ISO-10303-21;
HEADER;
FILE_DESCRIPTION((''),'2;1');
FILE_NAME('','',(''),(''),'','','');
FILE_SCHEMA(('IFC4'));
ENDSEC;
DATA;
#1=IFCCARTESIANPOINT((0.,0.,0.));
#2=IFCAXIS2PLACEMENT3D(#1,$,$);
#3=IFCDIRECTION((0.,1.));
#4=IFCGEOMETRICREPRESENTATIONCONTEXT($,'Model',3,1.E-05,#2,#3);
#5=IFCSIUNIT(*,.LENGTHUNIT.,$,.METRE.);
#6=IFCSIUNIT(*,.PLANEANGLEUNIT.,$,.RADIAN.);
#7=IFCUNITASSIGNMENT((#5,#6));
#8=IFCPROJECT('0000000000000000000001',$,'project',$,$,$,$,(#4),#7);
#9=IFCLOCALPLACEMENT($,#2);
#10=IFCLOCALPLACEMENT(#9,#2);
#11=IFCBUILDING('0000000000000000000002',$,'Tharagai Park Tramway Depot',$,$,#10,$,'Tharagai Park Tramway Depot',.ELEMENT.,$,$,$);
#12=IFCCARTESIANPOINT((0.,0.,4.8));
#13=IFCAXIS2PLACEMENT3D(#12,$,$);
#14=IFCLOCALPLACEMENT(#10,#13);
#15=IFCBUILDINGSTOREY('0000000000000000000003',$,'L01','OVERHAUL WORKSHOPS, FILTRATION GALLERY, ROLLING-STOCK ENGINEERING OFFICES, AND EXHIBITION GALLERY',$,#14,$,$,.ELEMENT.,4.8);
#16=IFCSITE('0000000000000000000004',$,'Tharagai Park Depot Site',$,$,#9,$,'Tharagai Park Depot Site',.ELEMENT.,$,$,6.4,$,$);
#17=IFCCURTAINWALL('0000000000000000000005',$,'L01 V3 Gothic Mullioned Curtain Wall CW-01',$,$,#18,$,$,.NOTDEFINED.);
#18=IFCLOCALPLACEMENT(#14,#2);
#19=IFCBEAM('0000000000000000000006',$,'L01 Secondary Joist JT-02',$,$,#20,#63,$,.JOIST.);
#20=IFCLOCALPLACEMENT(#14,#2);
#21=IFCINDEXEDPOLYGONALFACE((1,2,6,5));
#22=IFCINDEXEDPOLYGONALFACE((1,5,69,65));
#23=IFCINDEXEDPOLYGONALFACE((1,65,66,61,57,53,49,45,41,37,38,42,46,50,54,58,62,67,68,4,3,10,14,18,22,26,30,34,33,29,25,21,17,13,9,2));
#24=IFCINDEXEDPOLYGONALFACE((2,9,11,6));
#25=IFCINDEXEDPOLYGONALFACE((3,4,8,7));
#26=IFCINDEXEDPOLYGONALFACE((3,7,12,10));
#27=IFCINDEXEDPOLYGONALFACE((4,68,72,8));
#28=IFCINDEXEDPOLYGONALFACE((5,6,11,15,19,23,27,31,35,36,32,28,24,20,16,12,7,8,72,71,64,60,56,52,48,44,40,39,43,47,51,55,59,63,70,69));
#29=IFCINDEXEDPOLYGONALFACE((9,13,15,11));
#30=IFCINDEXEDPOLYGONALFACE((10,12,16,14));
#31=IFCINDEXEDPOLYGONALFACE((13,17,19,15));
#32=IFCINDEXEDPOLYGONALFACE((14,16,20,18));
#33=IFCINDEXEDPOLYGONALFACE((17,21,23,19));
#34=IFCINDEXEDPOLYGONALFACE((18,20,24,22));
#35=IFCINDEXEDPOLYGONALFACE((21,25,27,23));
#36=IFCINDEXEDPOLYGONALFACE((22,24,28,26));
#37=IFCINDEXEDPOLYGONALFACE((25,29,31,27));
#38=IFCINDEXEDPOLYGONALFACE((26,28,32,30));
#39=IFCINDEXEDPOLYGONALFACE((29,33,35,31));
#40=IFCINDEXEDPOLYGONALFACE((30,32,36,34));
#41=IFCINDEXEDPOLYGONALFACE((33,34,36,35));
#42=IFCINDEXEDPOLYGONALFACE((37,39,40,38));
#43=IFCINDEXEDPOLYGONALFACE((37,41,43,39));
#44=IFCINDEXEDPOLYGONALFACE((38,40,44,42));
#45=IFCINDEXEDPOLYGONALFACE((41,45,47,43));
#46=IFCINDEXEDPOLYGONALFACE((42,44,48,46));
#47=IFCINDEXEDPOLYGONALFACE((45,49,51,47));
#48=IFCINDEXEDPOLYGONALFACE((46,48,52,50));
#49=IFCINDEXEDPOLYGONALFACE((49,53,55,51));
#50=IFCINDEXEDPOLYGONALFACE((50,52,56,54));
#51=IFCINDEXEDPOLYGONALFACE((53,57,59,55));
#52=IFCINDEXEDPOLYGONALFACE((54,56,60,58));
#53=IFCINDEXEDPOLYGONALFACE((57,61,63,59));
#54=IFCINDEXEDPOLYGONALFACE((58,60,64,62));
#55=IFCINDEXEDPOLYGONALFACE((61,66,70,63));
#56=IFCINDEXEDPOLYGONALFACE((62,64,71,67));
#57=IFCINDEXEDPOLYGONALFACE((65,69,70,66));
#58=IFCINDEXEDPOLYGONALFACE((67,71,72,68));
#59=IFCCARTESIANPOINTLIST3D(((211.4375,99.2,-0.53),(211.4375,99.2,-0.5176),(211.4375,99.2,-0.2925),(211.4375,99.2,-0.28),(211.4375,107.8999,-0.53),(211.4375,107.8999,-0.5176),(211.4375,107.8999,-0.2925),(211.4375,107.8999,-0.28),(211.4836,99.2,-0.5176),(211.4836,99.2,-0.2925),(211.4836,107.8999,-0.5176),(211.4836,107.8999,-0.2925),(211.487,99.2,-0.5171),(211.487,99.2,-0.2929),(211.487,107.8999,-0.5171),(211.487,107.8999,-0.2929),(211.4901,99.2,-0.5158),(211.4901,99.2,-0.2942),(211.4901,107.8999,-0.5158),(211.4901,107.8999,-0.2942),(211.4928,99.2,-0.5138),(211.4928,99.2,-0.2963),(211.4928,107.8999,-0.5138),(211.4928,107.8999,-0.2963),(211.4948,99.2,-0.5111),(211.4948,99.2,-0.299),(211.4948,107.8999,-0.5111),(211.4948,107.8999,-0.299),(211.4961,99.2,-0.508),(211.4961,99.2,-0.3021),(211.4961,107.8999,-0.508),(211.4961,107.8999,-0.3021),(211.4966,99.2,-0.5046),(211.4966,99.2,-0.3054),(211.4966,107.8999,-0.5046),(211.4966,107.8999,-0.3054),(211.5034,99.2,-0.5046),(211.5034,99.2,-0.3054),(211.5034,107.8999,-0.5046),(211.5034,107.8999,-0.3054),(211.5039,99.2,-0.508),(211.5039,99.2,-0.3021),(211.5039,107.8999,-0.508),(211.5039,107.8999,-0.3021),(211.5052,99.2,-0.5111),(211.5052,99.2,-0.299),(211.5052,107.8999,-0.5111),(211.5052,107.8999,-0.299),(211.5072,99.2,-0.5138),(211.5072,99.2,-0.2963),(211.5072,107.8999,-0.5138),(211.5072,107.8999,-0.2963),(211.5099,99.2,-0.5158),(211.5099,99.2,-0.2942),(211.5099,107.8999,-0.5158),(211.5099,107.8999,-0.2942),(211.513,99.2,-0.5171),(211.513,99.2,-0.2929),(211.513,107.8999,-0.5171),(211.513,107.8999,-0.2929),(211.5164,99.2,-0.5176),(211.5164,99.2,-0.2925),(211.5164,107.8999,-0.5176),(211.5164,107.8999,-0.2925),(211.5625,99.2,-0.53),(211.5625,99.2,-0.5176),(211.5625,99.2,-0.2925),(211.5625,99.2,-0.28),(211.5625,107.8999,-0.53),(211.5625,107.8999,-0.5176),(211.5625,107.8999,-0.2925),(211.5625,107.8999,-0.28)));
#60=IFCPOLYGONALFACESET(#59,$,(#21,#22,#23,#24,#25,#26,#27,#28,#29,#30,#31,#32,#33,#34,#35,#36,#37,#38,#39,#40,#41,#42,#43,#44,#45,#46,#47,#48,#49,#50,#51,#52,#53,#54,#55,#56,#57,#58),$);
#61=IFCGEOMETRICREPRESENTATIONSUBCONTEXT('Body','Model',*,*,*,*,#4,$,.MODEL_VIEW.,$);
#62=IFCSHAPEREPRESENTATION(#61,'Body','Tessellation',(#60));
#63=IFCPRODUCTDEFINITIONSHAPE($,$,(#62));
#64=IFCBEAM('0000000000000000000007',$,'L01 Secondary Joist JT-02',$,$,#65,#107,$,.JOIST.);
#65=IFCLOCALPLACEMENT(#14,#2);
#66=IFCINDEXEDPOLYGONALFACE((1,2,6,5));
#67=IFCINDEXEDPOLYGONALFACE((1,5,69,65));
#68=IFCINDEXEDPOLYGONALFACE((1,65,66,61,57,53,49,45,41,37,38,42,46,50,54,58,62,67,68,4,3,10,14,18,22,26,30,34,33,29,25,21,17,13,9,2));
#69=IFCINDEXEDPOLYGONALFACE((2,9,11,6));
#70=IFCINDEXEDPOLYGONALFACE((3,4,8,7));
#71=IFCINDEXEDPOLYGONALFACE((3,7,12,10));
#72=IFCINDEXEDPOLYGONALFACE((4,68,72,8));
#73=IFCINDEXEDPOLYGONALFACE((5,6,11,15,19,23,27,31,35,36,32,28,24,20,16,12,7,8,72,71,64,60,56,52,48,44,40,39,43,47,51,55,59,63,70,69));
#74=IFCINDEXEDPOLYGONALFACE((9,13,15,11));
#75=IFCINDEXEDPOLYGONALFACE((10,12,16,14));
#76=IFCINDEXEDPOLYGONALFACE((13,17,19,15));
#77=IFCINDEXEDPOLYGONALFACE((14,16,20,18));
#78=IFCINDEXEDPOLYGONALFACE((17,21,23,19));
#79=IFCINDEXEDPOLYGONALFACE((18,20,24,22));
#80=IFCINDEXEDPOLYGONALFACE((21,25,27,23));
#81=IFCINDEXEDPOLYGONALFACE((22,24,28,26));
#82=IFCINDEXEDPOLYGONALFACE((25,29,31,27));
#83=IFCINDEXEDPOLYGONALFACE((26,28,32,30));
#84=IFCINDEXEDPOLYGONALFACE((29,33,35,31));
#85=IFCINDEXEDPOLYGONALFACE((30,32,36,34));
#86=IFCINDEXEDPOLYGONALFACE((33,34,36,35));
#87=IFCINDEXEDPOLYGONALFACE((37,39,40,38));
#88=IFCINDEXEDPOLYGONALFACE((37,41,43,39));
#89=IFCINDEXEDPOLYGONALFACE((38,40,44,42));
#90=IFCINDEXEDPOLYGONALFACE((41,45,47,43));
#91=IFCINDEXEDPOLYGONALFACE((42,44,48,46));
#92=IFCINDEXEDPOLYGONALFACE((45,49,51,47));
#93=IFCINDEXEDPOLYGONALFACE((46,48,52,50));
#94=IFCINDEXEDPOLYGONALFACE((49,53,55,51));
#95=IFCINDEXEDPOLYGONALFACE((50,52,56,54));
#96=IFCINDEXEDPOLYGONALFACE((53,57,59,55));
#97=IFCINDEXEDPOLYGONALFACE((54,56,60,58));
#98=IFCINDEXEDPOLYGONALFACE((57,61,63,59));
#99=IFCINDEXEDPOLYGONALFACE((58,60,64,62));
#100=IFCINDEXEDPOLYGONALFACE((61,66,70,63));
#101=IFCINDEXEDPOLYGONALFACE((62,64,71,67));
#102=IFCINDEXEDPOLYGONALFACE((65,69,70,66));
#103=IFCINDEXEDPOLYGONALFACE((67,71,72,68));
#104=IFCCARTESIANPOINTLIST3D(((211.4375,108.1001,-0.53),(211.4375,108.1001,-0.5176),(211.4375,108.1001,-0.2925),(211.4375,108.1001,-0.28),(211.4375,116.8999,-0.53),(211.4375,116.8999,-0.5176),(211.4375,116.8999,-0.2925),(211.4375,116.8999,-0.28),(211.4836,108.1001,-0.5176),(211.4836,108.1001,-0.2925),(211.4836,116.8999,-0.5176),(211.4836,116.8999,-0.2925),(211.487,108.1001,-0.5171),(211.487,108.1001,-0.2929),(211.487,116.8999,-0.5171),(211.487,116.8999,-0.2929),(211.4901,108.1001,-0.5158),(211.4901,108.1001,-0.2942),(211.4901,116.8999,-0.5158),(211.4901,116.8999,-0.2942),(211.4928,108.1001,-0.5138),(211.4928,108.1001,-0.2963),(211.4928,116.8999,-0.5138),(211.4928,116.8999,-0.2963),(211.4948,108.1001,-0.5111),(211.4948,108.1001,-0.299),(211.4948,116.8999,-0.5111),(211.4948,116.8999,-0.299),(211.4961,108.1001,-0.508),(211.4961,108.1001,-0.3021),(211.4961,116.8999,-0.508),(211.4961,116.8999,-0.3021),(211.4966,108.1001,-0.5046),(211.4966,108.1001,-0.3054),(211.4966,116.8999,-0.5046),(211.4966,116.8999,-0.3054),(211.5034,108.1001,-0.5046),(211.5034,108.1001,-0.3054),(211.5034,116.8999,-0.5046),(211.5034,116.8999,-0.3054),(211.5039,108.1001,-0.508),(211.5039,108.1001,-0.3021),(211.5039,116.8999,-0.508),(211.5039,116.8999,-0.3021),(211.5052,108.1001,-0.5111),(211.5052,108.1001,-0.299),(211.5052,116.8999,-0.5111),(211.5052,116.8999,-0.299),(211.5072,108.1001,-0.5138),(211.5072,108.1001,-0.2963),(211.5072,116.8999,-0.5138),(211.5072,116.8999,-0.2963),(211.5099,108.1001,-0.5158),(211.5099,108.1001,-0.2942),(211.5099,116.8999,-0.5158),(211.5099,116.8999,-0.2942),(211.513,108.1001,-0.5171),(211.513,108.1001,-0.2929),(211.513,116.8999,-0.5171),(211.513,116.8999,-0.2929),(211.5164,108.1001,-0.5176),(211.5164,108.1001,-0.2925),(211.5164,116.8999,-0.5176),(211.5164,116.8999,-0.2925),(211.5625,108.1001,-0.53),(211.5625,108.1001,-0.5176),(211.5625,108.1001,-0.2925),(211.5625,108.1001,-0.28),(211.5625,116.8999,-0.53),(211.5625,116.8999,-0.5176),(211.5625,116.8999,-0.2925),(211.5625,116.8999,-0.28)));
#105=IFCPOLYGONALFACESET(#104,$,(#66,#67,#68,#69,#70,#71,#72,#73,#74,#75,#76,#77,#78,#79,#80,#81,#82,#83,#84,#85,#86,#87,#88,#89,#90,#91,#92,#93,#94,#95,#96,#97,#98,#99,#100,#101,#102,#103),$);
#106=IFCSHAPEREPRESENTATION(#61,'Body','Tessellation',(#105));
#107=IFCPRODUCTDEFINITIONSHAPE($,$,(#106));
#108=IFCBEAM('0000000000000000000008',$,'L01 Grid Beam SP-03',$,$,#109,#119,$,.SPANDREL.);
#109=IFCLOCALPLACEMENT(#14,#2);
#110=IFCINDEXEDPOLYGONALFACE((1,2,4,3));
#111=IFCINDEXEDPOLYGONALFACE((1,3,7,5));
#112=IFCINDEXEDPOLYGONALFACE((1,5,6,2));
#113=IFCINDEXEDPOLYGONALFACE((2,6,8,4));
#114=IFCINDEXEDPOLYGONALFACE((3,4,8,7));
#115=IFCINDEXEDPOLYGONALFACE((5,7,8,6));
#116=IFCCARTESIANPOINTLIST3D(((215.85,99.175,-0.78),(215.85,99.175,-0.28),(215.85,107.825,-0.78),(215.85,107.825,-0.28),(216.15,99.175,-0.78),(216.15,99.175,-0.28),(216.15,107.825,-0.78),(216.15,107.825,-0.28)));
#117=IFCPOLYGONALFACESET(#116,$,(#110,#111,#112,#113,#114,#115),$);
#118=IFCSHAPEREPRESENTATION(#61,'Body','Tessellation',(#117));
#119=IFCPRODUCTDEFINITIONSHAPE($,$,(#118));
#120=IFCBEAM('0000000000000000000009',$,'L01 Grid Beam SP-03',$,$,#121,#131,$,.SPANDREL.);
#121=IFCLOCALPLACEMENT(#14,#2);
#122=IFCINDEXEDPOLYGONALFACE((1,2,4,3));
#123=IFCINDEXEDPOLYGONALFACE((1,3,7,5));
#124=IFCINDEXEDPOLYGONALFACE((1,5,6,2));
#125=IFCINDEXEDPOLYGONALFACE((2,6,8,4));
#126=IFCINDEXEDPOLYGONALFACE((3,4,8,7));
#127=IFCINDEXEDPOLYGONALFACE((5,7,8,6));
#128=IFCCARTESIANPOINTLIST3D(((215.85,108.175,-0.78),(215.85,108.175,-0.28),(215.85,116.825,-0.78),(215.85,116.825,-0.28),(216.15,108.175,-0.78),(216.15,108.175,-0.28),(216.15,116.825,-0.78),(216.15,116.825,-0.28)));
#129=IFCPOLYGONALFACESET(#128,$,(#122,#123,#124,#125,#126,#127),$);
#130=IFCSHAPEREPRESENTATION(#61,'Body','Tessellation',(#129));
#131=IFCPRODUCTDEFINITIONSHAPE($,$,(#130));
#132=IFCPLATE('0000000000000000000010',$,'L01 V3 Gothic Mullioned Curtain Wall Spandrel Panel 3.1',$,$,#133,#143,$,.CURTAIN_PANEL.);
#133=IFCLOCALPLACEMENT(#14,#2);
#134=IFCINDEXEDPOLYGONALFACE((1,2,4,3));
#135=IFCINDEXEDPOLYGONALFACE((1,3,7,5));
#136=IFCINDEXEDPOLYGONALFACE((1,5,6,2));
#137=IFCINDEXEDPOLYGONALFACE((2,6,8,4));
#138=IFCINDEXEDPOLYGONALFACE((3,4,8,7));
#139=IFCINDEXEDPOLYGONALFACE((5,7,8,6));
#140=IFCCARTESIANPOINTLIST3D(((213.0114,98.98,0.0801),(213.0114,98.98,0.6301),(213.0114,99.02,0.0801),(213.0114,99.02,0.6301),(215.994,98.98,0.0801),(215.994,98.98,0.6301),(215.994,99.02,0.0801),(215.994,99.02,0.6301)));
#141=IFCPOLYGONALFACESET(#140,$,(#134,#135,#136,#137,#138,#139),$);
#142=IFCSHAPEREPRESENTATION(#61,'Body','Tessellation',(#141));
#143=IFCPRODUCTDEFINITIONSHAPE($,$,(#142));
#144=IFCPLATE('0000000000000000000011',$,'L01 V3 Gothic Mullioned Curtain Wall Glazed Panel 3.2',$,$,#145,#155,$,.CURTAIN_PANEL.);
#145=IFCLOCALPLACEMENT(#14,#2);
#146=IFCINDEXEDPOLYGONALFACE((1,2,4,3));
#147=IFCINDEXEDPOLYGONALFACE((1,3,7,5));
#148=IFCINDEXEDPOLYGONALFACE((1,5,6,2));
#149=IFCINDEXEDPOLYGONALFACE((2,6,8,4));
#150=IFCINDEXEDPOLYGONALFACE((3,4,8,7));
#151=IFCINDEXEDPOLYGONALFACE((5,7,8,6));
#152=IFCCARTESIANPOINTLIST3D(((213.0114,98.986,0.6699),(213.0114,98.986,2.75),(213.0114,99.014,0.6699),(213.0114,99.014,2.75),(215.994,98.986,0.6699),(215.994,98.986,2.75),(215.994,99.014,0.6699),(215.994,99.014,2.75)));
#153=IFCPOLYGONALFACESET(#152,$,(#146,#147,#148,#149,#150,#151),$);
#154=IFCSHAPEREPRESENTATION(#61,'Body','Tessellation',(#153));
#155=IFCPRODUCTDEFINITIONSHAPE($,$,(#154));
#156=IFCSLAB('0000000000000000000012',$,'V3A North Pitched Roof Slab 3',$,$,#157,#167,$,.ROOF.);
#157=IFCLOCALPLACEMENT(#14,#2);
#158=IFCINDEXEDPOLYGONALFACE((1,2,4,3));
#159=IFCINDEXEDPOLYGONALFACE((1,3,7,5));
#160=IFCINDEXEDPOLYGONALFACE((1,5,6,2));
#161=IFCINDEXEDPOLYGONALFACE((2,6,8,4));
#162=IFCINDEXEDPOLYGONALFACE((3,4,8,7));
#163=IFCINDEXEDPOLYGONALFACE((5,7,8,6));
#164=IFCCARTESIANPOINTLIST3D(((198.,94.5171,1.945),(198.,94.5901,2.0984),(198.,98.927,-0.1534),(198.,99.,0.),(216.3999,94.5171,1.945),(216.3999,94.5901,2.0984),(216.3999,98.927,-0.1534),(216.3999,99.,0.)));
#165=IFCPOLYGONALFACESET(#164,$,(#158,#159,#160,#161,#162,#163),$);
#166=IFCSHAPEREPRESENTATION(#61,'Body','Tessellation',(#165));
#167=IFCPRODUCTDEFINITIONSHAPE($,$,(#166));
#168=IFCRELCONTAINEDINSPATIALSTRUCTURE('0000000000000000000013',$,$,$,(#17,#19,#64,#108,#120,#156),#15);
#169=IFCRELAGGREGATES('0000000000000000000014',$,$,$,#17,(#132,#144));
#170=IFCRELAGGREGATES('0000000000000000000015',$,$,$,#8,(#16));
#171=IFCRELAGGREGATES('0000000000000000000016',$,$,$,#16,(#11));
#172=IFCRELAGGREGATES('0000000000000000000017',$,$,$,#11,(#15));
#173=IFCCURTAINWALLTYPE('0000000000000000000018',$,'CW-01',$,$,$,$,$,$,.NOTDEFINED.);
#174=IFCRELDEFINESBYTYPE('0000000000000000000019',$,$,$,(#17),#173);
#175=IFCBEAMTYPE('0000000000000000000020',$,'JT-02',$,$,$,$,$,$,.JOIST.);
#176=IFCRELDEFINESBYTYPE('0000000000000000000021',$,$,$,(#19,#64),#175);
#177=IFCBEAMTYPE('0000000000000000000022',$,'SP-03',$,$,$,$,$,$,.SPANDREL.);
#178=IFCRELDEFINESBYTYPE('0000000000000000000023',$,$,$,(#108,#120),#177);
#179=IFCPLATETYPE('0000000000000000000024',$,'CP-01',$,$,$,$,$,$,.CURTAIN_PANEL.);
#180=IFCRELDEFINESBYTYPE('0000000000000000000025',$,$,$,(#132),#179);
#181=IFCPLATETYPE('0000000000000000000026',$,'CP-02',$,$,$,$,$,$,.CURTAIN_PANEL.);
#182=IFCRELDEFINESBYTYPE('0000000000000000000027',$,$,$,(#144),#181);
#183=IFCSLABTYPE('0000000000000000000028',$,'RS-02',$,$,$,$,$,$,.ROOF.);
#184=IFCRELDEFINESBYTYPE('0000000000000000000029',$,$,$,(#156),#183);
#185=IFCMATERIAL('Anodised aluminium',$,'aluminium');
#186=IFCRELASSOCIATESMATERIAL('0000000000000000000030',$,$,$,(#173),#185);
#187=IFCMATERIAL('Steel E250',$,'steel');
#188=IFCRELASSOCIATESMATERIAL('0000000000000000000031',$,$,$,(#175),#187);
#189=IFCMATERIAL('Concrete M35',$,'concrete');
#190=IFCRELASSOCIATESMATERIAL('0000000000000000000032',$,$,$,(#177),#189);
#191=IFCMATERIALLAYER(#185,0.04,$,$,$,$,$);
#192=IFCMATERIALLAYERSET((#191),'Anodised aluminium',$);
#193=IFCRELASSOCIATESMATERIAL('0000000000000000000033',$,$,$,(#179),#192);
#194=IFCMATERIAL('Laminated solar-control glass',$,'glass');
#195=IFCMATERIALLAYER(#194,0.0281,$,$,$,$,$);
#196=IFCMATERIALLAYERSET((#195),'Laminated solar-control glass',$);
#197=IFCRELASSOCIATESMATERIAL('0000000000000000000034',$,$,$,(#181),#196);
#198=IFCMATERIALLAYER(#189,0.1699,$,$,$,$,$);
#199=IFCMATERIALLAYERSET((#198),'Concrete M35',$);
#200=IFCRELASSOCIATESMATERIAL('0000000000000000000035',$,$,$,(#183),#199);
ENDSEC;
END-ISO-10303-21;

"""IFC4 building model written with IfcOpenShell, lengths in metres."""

from ifc_helpers import new_model, si_unit, direction, frame, origin, origin_2d, place, context, subcontext, project, spatial, polyline, rectangle, i_section, outline, extrude, material, layer, layer_set, material_profile, profile_set, type_object, element, aggregate, save


model = new_model("IFC4")

# Units and contexts
model_context = context("Model", 3, precision=1e-05, world=origin(), true_north=direction((0.0, 1.0)))
body_context = subcontext(model_context, "Body", "Model", "MODEL_VIEW")
ifc_project = project(units=[si_unit("LENGTHUNIT", "METRE"), si_unit("PLANEANGLEUNIT", "RADIAN")], contexts=[model_context])

# Site, building, storey
site_placement = place(None, origin())
site = spatial("IfcSite", under=ifc_project, at=site_placement, Name="Tharagai Park Depot Site", LongName="Tharagai Park Depot Site", CompositionType="ELEMENT", RefElevation=6.4)
building_placement = place(site_placement, origin())
building = spatial("IfcBuilding", under=site, at=building_placement, Name="Tharagai Park Tramway Depot", LongName="Tharagai Park Tramway Depot", CompositionType="ELEMENT")
storey_placement = place(building_placement, frame((0.0, 0.0, 4.8)))
storey = spatial("IfcBuildingStorey", under=building, at=storey_placement, Name="L01", Description="OVERHAUL WORKSHOPS, FILTRATION GALLERY, ROLLING-STOCK ENGINEERING OFFICES, AND EXHIBITION GALLERY", CompositionType="ELEMENT", Elevation=4.8)

# Curtain wall
ifc_material_1 = material(Name="Anodised aluminium", Category="aluminium")
curtain_wall_type = type_object("IfcCurtainWallType", Name="CW-01", PredefinedType="NOTDEFINED", material=ifc_material_1)
curtain_wall_placement = place(storey_placement, origin())
curtain_wall = element("IfcCurtainWall", 1, at=curtain_wall_placement, inside=storey, type_object=curtain_wall_type, Name="L01 V3 Gothic Mullioned Curtain Wall CW-01", PredefinedType="NOTDEFINED")

# Beams
ifc_material_2 = material(Name="Steel E250", Category="steel")
ifc_material_profile_1 = material_profile(ifc_material_2, i_section(OverallWidth=0.125, OverallDepth=0.25, WebThickness=0.0068, FlangeThickness=0.0125, FilletRadius=0.0129, at=origin_2d()), Name="ISMB 250")
ifc_profile_set_1 = profile_set([ifc_material_profile_1], Name="Steel E250")
beam_type_1 = type_object("IfcBeamType", Name="JT-02", PredefinedType="JOIST", material=ifc_profile_set_1)
beam_1_placement = place(storey_placement, frame((211.5, 99.2, -0.405), z_axis=(0.0, 1.0, 0.0), x_axis=(-1.0, 0.0, 0.0)))
element("IfcBeam", 2, at=beam_1_placement, inside=storey, type_object=beam_type_1, Name="L01 Secondary Joist JT-02", PredefinedType="JOIST", context=body_context, shape_type="SweptSolid", body=[
    extrude(i_section(OverallWidth=0.125, OverallDepth=0.25, WebThickness=0.0068, FlangeThickness=0.0125, FilletRadius=0.0129, at=origin_2d()), origin(), (0.0, 0.0, 1.0), 8.7),
])
beam_2_placement = place(storey_placement, frame((211.5, 108.1001, -0.405), z_axis=(0.0, 1.0, 0.0), x_axis=(-1.0, 0.0, 0.0)))
element("IfcBeam", 3, at=beam_2_placement, inside=storey, type_object=beam_type_1, Name="L01 Secondary Joist JT-02", PredefinedType="JOIST", context=body_context, shape_type="SweptSolid", body=[
    extrude(i_section(OverallWidth=0.125, OverallDepth=0.25, WebThickness=0.0068, FlangeThickness=0.0125, FilletRadius=0.0129, at=origin_2d()), origin(), (0.0, 0.0, 1.0), 8.7998),
])
ifc_material_3 = material(Name="Concrete M35", Category="concrete")
ifc_material_profile_2 = material_profile(ifc_material_3, rectangle(XDim=0.3, YDim=0.5, at=origin_2d()), Name="RC 300x500")
ifc_profile_set_2 = profile_set([ifc_material_profile_2], Name="Concrete M35")
beam_type_2 = type_object("IfcBeamType", Name="SP-03", PredefinedType="SPANDREL", material=ifc_profile_set_2)
for number, where, z_axis, x_axis, name in (
    (4, (216.0, 99.175, -0.53), (0.0, 1.0, 0.0), (-1.0, 0.0, 0.0), "L01 Grid Beam SP-03"),
    (5, (216.0, 108.175, -0.53), (0.0, 1.0, 0.0), (-1.0, 0.0, 0.0), "L01 Grid Beam SP-03"),
):
    element("IfcBeam", number, at=place(storey_placement, frame(where, z_axis=z_axis, x_axis=x_axis)), inside=storey, type_object=beam_type_2, Name=name, PredefinedType="SPANDREL", context=body_context, shape_type="SweptSolid", body=[
        extrude(rectangle(XDim=0.3, YDim=0.5, at=origin_2d()), origin(), (0.0, 0.0, 1.0), 8.6499),
    ])

# Plates
ifc_layer_1 = layer(ifc_material_1, 0.04)
ifc_layer_set_1 = layer_set([ifc_layer_1], Name="Anodised aluminium")
plate_type_1 = type_object("IfcPlateType", Name="CP-01", PredefinedType="CURTAIN_PANEL", material=ifc_layer_set_1)
plate_1_placement = place(storey_placement, frame((214.5027, 99.0, 0.0801), z_axis=(0.0, 0.0, 1.0), x_axis=(1.0, 0.0, 0.0)))
plate_1 = element("IfcPlate", 6, at=plate_1_placement, type_object=plate_type_1, Name="L01 V3 Gothic Mullioned Curtain Wall Spandrel Panel 3.1", PredefinedType="CURTAIN_PANEL", context=body_context, shape_type="SweptSolid", body=[
    extrude(rectangle(XDim=2.9827, YDim=0.04, at=origin_2d()), origin(), (0.0, 0.0, 1.0), 0.55),
])
ifc_material_4 = material(Name="Laminated solar-control glass", Category="glass")
ifc_layer_2 = layer(ifc_material_4, 0.0281)
ifc_layer_set_2 = layer_set([ifc_layer_2], Name="Laminated solar-control glass")
plate_type_2 = type_object("IfcPlateType", Name="CP-02", PredefinedType="CURTAIN_PANEL", material=ifc_layer_set_2)
plate_2_placement = place(storey_placement, frame((214.5027, 99.0, 0.6699), z_axis=(0.0, 0.0, 1.0), x_axis=(1.0, 0.0, 0.0)))
plate_2 = element("IfcPlate", 7, at=plate_2_placement, type_object=plate_type_2, Name="L01 V3 Gothic Mullioned Curtain Wall Glazed Panel 3.2", PredefinedType="CURTAIN_PANEL", context=body_context, shape_type="SweptSolid", body=[
    extrude(rectangle(XDim=2.9827, YDim=0.0281, at=origin_2d()), origin(), (0.0, 0.0, 1.0), 2.0801),
])
aggregate(curtain_wall, [plate_1, plate_2])

# Slab
ifc_layer_3 = layer(ifc_material_3, 0.1699)
ifc_layer_set_3 = layer_set([ifc_layer_3], Name="Concrete M35")
slab_type = type_object("IfcSlabType", Name="RS-02", PredefinedType="ROOF", material=ifc_layer_set_3)
slab_placement = place(storey_placement, frame((216.3999, 99.0, 0.0), z_axis=(0.0, 0.429672, 0.902985), x_axis=(-1.0, 0.0, 0.0)))
element("IfcSlab", 8, at=slab_placement, inside=storey, type_object=slab_type, Name="V3A North Pitched Roof Slab 3", PredefinedType="ROOF", context=body_context, shape_type="SweptSolid", body=[
    extrude(outline(polyline([(0.0, 0.0), (18.3999, 0.0), (18.3999, 4.8837), (0.0, 4.8837), (0.0, 0.0)])), origin(), (0.0, 0.0, -1.0), 0.1699),
])

save(model, "model.ifc")
